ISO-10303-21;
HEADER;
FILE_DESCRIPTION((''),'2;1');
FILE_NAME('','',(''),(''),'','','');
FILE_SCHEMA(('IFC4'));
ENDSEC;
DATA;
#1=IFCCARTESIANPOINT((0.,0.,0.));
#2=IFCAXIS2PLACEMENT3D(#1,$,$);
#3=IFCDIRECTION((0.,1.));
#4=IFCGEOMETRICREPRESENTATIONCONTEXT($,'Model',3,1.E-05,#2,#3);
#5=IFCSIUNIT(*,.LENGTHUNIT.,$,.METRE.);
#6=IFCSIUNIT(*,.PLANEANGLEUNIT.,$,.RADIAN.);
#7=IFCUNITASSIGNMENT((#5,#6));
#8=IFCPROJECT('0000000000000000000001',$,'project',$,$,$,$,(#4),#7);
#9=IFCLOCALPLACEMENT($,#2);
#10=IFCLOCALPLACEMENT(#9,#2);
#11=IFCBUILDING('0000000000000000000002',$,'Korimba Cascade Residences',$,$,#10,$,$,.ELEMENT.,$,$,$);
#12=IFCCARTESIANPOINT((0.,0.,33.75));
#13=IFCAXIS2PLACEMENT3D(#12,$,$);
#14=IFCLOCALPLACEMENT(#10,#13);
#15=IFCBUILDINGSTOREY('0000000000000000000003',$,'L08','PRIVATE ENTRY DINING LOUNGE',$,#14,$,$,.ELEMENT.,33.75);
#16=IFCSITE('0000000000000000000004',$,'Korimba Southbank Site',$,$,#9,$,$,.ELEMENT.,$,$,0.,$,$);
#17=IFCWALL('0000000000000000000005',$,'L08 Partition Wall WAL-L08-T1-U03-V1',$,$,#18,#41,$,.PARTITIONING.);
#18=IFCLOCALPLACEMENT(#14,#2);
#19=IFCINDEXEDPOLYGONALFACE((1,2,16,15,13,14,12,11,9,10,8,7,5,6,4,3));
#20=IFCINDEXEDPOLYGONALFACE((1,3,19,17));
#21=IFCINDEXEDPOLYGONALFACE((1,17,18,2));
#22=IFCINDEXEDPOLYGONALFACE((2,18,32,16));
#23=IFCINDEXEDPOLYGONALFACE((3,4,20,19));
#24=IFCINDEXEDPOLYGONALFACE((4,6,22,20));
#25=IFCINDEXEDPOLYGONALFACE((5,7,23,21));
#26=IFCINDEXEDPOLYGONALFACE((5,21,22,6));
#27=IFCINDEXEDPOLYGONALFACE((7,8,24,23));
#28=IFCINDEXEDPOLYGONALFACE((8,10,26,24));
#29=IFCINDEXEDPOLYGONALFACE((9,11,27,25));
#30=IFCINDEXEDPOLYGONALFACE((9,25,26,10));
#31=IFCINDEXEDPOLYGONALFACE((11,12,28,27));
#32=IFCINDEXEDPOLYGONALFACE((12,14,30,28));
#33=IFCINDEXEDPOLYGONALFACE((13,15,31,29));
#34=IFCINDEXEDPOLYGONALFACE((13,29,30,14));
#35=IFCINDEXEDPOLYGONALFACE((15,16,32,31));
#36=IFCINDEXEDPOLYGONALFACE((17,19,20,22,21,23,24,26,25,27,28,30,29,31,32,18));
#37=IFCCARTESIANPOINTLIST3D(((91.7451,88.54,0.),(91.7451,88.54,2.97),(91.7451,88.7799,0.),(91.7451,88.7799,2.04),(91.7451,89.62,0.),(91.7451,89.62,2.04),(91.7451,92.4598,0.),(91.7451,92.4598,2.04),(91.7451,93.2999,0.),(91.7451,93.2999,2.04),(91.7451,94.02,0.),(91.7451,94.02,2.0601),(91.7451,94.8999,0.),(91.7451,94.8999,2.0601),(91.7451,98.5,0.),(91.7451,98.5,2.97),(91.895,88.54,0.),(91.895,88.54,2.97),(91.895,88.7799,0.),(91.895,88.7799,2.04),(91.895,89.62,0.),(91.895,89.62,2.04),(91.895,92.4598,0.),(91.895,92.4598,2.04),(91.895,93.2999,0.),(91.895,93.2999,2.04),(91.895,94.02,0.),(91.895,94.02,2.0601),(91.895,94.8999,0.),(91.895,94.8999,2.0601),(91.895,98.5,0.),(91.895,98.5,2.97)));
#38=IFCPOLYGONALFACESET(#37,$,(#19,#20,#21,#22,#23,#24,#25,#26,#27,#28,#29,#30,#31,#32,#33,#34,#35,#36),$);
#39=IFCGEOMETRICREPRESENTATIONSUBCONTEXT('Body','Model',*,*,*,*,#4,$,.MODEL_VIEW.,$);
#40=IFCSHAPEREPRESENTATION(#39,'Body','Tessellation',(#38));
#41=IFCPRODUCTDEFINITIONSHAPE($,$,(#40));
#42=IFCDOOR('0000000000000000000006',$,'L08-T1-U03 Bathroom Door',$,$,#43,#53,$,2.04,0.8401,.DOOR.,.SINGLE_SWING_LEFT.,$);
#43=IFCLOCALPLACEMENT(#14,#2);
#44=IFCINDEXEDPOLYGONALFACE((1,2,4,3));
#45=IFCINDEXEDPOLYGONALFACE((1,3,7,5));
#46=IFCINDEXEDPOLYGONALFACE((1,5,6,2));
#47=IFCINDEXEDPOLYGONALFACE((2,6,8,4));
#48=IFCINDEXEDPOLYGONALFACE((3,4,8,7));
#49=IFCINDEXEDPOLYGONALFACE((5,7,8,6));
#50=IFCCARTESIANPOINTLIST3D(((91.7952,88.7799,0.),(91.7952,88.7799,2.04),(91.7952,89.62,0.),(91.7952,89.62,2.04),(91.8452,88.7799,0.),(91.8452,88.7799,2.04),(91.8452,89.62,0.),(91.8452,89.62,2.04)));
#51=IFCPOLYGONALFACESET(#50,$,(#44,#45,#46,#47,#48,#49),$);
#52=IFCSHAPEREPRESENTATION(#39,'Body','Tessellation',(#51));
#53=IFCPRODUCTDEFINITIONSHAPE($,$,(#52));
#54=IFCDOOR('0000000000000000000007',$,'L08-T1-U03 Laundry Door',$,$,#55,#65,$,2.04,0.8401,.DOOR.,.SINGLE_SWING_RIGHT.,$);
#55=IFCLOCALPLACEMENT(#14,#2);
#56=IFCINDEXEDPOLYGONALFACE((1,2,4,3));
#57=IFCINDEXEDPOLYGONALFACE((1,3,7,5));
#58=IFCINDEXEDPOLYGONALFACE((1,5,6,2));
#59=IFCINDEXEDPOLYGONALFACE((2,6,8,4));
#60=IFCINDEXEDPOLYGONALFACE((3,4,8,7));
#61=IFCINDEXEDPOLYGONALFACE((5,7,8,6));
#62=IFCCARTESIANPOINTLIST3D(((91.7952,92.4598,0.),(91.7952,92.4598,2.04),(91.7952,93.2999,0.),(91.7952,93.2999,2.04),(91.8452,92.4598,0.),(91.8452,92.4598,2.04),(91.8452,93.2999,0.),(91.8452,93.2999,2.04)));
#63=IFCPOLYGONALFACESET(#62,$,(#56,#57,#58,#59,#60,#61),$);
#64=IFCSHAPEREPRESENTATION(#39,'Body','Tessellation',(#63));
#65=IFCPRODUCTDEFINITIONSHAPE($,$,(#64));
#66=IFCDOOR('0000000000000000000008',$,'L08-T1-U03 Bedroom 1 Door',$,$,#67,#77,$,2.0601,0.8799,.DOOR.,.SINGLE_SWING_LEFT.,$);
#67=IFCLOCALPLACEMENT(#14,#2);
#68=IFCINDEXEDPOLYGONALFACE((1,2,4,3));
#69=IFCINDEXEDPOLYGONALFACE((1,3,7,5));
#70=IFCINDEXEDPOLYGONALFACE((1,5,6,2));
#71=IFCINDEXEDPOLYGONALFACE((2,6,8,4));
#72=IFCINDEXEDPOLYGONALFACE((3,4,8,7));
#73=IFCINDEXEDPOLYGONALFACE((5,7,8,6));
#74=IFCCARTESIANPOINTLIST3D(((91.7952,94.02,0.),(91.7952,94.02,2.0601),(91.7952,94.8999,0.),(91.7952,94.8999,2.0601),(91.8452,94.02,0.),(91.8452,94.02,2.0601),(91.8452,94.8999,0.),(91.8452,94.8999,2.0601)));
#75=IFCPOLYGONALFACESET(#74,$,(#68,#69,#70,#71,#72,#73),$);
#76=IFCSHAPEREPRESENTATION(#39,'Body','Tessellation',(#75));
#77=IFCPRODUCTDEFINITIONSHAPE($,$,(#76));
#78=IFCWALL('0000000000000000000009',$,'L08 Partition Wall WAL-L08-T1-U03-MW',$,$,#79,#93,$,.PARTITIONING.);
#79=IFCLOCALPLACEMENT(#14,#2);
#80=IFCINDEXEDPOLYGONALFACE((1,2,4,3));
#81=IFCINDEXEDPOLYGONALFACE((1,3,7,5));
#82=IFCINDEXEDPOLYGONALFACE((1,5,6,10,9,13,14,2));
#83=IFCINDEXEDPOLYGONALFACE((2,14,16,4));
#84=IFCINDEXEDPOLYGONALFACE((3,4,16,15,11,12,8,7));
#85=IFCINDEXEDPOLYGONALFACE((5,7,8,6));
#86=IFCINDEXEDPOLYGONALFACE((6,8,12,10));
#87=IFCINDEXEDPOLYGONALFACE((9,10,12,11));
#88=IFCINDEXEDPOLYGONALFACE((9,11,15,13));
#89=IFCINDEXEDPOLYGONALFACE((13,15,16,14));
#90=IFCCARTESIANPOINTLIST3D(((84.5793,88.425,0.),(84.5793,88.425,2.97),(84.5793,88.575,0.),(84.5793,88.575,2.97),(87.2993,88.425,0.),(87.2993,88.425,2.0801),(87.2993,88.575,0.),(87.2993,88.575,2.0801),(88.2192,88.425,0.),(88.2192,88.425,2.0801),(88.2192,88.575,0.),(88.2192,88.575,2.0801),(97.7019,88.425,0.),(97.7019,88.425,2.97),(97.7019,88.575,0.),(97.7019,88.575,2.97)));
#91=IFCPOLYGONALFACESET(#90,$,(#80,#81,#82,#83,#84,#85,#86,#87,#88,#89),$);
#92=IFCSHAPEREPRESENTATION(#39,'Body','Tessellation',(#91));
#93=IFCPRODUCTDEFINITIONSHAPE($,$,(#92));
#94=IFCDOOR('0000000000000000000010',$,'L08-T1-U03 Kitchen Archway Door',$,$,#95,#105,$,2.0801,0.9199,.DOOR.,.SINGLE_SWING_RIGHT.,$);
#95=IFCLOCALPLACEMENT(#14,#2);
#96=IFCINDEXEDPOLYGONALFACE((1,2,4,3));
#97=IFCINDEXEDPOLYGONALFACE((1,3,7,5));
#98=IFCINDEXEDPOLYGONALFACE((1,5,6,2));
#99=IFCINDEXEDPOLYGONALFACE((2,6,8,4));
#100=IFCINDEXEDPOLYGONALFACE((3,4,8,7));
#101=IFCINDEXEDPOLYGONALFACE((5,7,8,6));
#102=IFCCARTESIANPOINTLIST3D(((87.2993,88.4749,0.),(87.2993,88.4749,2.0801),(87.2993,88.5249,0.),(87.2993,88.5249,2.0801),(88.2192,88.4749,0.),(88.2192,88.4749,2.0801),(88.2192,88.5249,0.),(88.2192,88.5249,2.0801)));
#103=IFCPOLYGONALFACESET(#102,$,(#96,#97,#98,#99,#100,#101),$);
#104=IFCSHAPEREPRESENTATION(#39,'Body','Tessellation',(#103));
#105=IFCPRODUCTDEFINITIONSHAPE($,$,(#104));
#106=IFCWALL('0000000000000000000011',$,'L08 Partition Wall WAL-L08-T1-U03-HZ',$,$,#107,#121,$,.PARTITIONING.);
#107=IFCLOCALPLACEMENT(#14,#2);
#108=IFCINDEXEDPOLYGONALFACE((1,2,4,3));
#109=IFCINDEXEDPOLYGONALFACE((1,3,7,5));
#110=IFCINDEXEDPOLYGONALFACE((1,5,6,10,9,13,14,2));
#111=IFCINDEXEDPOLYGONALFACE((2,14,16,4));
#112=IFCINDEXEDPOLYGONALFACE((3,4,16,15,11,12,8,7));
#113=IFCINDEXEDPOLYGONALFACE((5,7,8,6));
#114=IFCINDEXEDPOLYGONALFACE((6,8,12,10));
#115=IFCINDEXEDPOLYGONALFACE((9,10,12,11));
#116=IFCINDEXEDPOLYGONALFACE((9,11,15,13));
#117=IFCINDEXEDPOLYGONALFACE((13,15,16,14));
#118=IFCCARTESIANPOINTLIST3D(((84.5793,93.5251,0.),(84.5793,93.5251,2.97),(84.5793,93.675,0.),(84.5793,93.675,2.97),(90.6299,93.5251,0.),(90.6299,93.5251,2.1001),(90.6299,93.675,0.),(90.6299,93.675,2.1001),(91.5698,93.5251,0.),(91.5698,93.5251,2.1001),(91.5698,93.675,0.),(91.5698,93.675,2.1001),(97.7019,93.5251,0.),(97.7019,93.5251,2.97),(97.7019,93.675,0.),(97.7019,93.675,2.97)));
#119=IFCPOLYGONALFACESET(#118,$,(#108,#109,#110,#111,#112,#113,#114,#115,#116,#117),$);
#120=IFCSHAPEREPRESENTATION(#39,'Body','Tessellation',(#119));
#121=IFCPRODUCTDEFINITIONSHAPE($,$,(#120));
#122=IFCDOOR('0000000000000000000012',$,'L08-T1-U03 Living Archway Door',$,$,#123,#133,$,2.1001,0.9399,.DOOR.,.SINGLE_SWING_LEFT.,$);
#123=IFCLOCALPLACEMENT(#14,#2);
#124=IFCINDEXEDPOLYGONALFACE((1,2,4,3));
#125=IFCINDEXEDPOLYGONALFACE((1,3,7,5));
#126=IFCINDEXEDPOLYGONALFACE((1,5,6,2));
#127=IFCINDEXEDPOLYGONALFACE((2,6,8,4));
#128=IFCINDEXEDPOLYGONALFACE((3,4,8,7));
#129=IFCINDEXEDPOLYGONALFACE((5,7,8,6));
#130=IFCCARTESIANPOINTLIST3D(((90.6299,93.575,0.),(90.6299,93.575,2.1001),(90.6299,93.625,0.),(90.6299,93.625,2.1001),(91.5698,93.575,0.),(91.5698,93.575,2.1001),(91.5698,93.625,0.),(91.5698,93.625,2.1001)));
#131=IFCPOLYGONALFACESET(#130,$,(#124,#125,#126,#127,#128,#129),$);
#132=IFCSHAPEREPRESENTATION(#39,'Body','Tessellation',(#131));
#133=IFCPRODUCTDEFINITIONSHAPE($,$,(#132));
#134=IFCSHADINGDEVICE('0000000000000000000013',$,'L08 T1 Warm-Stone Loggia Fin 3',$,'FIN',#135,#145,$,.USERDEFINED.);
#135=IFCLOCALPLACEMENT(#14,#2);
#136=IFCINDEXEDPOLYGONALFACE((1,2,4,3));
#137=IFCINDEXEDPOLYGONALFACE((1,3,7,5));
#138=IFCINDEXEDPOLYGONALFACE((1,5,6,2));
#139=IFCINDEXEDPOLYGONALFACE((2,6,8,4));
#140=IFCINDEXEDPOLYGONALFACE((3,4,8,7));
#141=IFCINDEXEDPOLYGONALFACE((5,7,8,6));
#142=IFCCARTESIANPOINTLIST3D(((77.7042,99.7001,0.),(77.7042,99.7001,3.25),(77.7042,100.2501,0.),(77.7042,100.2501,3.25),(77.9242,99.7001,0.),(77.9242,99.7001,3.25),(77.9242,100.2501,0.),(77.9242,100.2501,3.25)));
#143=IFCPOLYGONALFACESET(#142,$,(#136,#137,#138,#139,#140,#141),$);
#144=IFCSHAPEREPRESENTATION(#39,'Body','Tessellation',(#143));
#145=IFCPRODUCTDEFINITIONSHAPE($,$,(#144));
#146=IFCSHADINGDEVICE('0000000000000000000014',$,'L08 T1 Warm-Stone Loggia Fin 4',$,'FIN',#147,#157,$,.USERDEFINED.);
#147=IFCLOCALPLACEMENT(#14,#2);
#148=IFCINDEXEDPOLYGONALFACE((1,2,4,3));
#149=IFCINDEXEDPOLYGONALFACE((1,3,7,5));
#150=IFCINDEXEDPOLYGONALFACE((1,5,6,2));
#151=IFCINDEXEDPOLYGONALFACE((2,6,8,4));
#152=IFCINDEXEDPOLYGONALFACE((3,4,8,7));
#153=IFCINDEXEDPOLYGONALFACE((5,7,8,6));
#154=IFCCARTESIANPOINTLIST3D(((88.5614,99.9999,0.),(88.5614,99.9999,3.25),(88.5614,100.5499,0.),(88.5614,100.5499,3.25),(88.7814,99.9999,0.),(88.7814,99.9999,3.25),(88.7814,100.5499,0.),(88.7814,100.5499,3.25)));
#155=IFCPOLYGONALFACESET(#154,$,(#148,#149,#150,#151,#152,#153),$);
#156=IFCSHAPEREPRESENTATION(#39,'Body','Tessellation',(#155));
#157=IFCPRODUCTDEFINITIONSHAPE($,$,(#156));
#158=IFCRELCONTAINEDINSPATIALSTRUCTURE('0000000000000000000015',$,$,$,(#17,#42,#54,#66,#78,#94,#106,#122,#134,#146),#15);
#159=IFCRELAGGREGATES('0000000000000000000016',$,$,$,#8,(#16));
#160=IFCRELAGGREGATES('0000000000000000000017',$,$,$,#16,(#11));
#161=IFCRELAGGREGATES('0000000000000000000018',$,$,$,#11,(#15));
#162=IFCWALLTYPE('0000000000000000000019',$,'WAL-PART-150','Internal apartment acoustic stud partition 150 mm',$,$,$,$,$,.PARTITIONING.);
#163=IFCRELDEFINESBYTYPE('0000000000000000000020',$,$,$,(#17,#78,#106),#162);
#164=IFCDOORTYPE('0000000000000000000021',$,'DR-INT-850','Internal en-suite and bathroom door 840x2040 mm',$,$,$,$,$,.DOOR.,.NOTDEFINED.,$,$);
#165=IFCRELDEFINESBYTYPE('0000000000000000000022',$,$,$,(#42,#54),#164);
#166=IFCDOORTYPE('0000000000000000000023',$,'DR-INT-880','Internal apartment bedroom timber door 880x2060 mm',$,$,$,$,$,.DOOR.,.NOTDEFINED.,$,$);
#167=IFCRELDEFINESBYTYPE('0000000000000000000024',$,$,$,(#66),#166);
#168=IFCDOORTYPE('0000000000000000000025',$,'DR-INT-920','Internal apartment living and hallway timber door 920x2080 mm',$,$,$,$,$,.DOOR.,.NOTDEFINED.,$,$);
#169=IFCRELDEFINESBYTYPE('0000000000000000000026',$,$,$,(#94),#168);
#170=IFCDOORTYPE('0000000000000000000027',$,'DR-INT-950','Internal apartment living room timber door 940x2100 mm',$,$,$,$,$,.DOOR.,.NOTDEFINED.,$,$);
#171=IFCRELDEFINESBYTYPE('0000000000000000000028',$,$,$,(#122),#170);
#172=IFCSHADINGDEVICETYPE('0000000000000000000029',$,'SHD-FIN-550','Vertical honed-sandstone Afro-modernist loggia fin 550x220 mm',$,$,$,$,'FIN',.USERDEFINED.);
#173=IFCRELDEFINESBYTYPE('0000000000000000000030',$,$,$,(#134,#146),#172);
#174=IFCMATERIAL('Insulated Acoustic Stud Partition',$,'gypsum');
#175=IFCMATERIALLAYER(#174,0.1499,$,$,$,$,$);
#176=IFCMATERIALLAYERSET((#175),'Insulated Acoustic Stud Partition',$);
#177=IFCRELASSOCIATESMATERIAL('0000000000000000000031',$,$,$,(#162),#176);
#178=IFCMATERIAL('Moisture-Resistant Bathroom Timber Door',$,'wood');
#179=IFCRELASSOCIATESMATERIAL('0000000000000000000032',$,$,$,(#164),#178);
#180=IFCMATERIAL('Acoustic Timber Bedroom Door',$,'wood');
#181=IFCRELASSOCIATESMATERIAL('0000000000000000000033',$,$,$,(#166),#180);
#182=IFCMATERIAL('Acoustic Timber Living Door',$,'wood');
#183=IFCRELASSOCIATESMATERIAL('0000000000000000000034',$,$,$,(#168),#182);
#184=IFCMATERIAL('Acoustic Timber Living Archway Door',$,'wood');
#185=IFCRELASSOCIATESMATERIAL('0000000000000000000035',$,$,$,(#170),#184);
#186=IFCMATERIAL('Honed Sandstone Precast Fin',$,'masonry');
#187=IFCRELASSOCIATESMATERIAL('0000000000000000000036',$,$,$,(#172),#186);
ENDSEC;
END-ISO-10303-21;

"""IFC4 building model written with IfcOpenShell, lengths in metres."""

from ifc_helpers import new_model, si_unit, direction, frame, frame_2d, origin, origin_2d, place, context, subcontext, project, spatial, rectangle, extrude, material, layer, layer_set, type_object, element, fill, save


model = new_model("IFC4")

# Units and contexts
model_context = context("Model", 3, precision=1e-05, world=origin(), true_north=direction((0.0, 1.0)))
body_context = subcontext(model_context, "Body", "Model", "MODEL_VIEW")
ifc_project = project(units=[si_unit("LENGTHUNIT", "METRE"), si_unit("PLANEANGLEUNIT", "RADIAN")], contexts=[model_context])

# Site, building, storey
site_placement = place(None, origin())
site = spatial("IfcSite", under=ifc_project, at=site_placement, Name="Korimba Southbank Site", CompositionType="ELEMENT", RefElevation=0.0)
building_placement = place(site_placement, origin())
building = spatial("IfcBuilding", under=site, at=building_placement, Name="Korimba Cascade Residences", CompositionType="ELEMENT")
storey_placement = place(building_placement, frame((0.0, 0.0, 33.75)))
storey = spatial("IfcBuildingStorey", under=building, at=storey_placement, Name="L08", Description="PRIVATE ENTRY DINING LOUNGE", CompositionType="ELEMENT", Elevation=33.75)

# Shared definitions
ifc_material_1 = material(Name="Insulated Acoustic Stud Partition", Category="gypsum")
ifc_layer = layer(ifc_material_1, 0.1499)
ifc_layer_set = layer_set([ifc_layer], Name="Insulated Acoustic Stud Partition")
wall_type = type_object("IfcWallType", Name="WAL-PART-150", Description="Internal apartment acoustic stud partition 150 mm", PredefinedType="PARTITIONING", material=ifc_layer_set)

# Wall, openings, doors
wall_1_placement = place(storey_placement, frame((91.8201, 88.54, 0.0), z_axis=(0.0, 0.0, 1.0), x_axis=(0.0, 1.0, 0.0)))
wall_1 = element("IfcWall", 1, at=wall_1_placement, inside=storey, type_object=wall_type, Name="L08 Partition Wall WAL-L08-T1-U03-V1", PredefinedType="PARTITIONING", context=body_context, shape_type="SweptSolid", body=[
    extrude(rectangle(XDim=9.96, YDim=0.1499, at=frame_2d((4.98, 0.0))), origin(), (0.0, 0.0, 1.0), 2.97),
])
opening_1_placement = place(wall_1_placement, frame((0.24, 0.0, 0.0)))
opening_1 = element("IfcOpeningElement", 2, at=opening_1_placement, cuts=wall_1, PredefinedType="OPENING", context=body_context, shape_type="SweptSolid", body=[
    extrude(rectangle(XDim=0.8401, YDim=2.04, at=frame_2d((0.4199, 1.02))), frame((0.0, 0.085, 0.0), z_axis=(0.0, -1.0, 0.0), x_axis=(1.0, 0.0, 0.0)), (0.0, 0.0, 1.0), 0.1699),
])
opening_2_placement = place(wall_1_placement, frame((3.9199, 0.0, 0.0)))
opening_2 = element("IfcOpeningElement", 3, at=opening_2_placement, cuts=wall_1, PredefinedType="OPENING", context=body_context, shape_type="SweptSolid", body=[
    extrude(rectangle(XDim=0.8401, YDim=2.04, at=frame_2d((0.4199, 1.02))), frame((0.0, 0.085, 0.0), z_axis=(0.0, -1.0, 0.0), x_axis=(1.0, 0.0, 0.0)), (0.0, 0.0, 1.0), 0.1699),
])
opening_3_placement = place(wall_1_placement, frame((5.48, 0.0, 0.0)))
opening_3 = element("IfcOpeningElement", 4, at=opening_3_placement, cuts=wall_1, PredefinedType="OPENING", context=body_context, shape_type="SweptSolid", body=[
    extrude(rectangle(XDim=0.8799, YDim=2.0601, at=frame_2d((0.4399, 1.03))), frame((0.0, 0.085, 0.0), z_axis=(0.0, -1.0, 0.0), x_axis=(1.0, 0.0, 0.0)), (0.0, 0.0, 1.0), 0.1699),
])
ifc_material_2 = material(Name="Moisture-Resistant Bathroom Timber Door", Category="wood")
door_type_1 = type_object("IfcDoorType", Name="DR-INT-850", Description="Internal en-suite and bathroom door 840x2040 mm", OperationType="NOTDEFINED", PredefinedType="DOOR", material=ifc_material_2)
door_1_placement = place(opening_1_placement, origin())
door_1 = element("IfcDoor", 5, at=door_1_placement, inside=storey, type_object=door_type_1, Name="L08-T1-U03 Bathroom Door", OperationType="SINGLE_SWING_LEFT", OverallHeight=2.04, OverallWidth=0.8401, PredefinedType="DOOR", context=body_context, shape_type="SweptSolid", body=[
    extrude(rectangle(XDim=0.8401, YDim=2.04, at=frame_2d((0.4199, 1.02))), frame((0.0, 0.0249, 0.0), z_axis=(0.0, -1.0, 0.0), x_axis=(1.0, 0.0, 0.0)), (0.0, 0.0, 1.0), 0.05),
])
fill(opening_1, door_1)
door_2_placement = place(opening_2_placement, origin())
door_2 = element("IfcDoor", 6, at=door_2_placement, inside=storey, type_object=door_type_1, Name="L08-T1-U03 Laundry Door", OperationType="SINGLE_SWING_RIGHT", OverallHeight=2.04, OverallWidth=0.8401, PredefinedType="DOOR", context=body_context, shape_type="SweptSolid", body=[
    extrude(rectangle(XDim=0.8401, YDim=2.04, at=frame_2d((0.4199, 1.02))), frame((0.0, 0.0249, 0.0), z_axis=(0.0, -1.0, 0.0), x_axis=(1.0, 0.0, 0.0)), (0.0, 0.0, 1.0), 0.05),
])
fill(opening_2, door_2)
ifc_material_3 = material(Name="Acoustic Timber Bedroom Door", Category="wood")
door_type_2 = type_object("IfcDoorType", Name="DR-INT-880", Description="Internal apartment bedroom timber door 880x2060 mm", OperationType="NOTDEFINED", PredefinedType="DOOR", material=ifc_material_3)
door_3_placement = place(opening_3_placement, origin())
door_3 = element("IfcDoor", 7, at=door_3_placement, inside=storey, type_object=door_type_2, Name="L08-T1-U03 Bedroom 1 Door", OperationType="SINGLE_SWING_LEFT", OverallHeight=2.0601, OverallWidth=0.8799, PredefinedType="DOOR", context=body_context, shape_type="SweptSolid", body=[
    extrude(rectangle(XDim=0.8799, YDim=2.0601, at=frame_2d((0.4399, 1.03))), frame((0.0, 0.0249, 0.0), z_axis=(0.0, -1.0, 0.0), x_axis=(1.0, 0.0, 0.0)), (0.0, 0.0, 1.0), 0.05),
])
fill(opening_3, door_3)

# Walls, openings, doors
wall_2_placement = place(storey_placement, frame((84.5793, 88.5, 0.0), z_axis=(0.0, 0.0, 1.0), x_axis=(1.0, 0.0, 0.0)))
wall_2 = element("IfcWall", 8, at=wall_2_placement, inside=storey, type_object=wall_type, Name="L08 Partition Wall WAL-L08-T1-U03-MW", PredefinedType="PARTITIONING", context=body_context, shape_type="SweptSolid", body=[
    extrude(rectangle(XDim=13.1226, YDim=0.1499, at=frame_2d((6.5613, 0.0))), origin(), (0.0, 0.0, 1.0), 2.97),
])
opening_4_placement = place(wall_2_placement, frame((2.72, 0.0, 0.0)))
opening_4 = element("IfcOpeningElement", 9, at=opening_4_placement, cuts=wall_2, PredefinedType="OPENING", context=body_context, shape_type="SweptSolid", body=[
    extrude(rectangle(XDim=0.9199, YDim=2.0801, at=frame_2d((0.46, 1.04))), frame((0.0, 0.085, 0.0), z_axis=(0.0, -1.0, 0.0), x_axis=(1.0, 0.0, 0.0)), (0.0, 0.0, 1.0), 0.1699),
])
ifc_material_4 = material(Name="Acoustic Timber Living Door", Category="wood")
door_type_3 = type_object("IfcDoorType", Name="DR-INT-920", Description="Internal apartment living and hallway timber door 920x2080 mm", OperationType="NOTDEFINED", PredefinedType="DOOR", material=ifc_material_4)
door_4_placement = place(opening_4_placement, origin())
door_4 = element("IfcDoor", 10, at=door_4_placement, inside=storey, type_object=door_type_3, Name="L08-T1-U03 Kitchen Archway Door", OperationType="SINGLE_SWING_RIGHT", OverallHeight=2.0801, OverallWidth=0.9199, PredefinedType="DOOR", context=body_context, shape_type="SweptSolid", body=[
    extrude(rectangle(XDim=0.9199, YDim=2.0801, at=frame_2d((0.46, 1.04))), frame((0.0, 0.0249, 0.0), z_axis=(0.0, -1.0, 0.0), x_axis=(1.0, 0.0, 0.0)), (0.0, 0.0, 1.0), 0.05),
])
fill(opening_4, door_4)
wall_3_placement = place(storey_placement, frame((84.5793, 93.6001, 0.0), z_axis=(0.0, 0.0, 1.0), x_axis=(1.0, 0.0, 0.0)))
wall_3 = element("IfcWall", 11, at=wall_3_placement, inside=storey, type_object=wall_type, Name="L08 Partition Wall WAL-L08-T1-U03-HZ", PredefinedType="PARTITIONING", context=body_context, shape_type="SweptSolid", body=[
    extrude(rectangle(XDim=13.1226, YDim=0.1499, at=frame_2d((6.5613, 0.0))), origin(), (0.0, 0.0, 1.0), 2.97),
])
opening_5_placement = place(wall_3_placement, frame((6.0505, 0.0, 0.0)))
opening_5 = element("IfcOpeningElement", 12, at=opening_5_placement, cuts=wall_3, PredefinedType="OPENING", context=body_context, shape_type="SweptSolid", body=[
    extrude(rectangle(XDim=0.9399, YDim=2.1001, at=frame_2d((0.47, 1.05))), frame((0.0, 0.085, 0.0), z_axis=(0.0, -1.0, 0.0), x_axis=(1.0, 0.0, 0.0)), (0.0, 0.0, 1.0), 0.1699),
])
ifc_material_5 = material(Name="Acoustic Timber Living Archway Door", Category="wood")
door_type_4 = type_object("IfcDoorType", Name="DR-INT-950", Description="Internal apartment living room timber door 940x2100 mm", OperationType="NOTDEFINED", PredefinedType="DOOR", material=ifc_material_5)
door_5_placement = place(opening_5_placement, origin())
door_5 = element("IfcDoor", 13, at=door_5_placement, inside=storey, type_object=door_type_4, Name="L08-T1-U03 Living Archway Door", OperationType="SINGLE_SWING_LEFT", OverallHeight=2.1001, OverallWidth=0.9399, PredefinedType="DOOR", context=body_context, shape_type="SweptSolid", body=[
    extrude(rectangle(XDim=0.9399, YDim=2.1001, at=frame_2d((0.47, 1.05))), frame((0.0, 0.0249, 0.0), z_axis=(0.0, -1.0, 0.0), x_axis=(1.0, 0.0, 0.0)), (0.0, 0.0, 1.0), 0.05),
])
fill(opening_5, door_5)

# Shading devices
ifc_material_6 = material(Name="Honed Sandstone Precast Fin", Category="masonry")
shading_device_type = type_object("IfcShadingDeviceType", Name="SHD-FIN-550", Description="Vertical honed-sandstone Afro-modernist loggia fin 550x220 mm", ElementType="FIN", PredefinedType="USERDEFINED", material=ifc_material_6)
for number, where, z_axis, x_axis, name in (
    (14, (77.8142, 99.9751, 0.0), (0.0, 0.0, 1.0), (1.0, 0.0, 0.0), "L08 T1 Warm-Stone Loggia Fin 3"),
    (15, (88.6714, 100.2749, 0.0), (0.0, 0.0, 1.0), (1.0, 0.0, 0.0), "L08 T1 Warm-Stone Loggia Fin 4"),
):
    element("IfcShadingDevice", number, at=place(storey_placement, frame(where, z_axis=z_axis, x_axis=x_axis)), inside=storey, type_object=shading_device_type, Name=name, ObjectType="FIN", PredefinedType="USERDEFINED", context=body_context, shape_type="SweptSolid", body=[
        extrude(rectangle(XDim=0.22, YDim=0.55, at=origin_2d()), origin(), (0.0, 0.0, 1.0), 3.25),
    ])

save(model, "model.ifc")
